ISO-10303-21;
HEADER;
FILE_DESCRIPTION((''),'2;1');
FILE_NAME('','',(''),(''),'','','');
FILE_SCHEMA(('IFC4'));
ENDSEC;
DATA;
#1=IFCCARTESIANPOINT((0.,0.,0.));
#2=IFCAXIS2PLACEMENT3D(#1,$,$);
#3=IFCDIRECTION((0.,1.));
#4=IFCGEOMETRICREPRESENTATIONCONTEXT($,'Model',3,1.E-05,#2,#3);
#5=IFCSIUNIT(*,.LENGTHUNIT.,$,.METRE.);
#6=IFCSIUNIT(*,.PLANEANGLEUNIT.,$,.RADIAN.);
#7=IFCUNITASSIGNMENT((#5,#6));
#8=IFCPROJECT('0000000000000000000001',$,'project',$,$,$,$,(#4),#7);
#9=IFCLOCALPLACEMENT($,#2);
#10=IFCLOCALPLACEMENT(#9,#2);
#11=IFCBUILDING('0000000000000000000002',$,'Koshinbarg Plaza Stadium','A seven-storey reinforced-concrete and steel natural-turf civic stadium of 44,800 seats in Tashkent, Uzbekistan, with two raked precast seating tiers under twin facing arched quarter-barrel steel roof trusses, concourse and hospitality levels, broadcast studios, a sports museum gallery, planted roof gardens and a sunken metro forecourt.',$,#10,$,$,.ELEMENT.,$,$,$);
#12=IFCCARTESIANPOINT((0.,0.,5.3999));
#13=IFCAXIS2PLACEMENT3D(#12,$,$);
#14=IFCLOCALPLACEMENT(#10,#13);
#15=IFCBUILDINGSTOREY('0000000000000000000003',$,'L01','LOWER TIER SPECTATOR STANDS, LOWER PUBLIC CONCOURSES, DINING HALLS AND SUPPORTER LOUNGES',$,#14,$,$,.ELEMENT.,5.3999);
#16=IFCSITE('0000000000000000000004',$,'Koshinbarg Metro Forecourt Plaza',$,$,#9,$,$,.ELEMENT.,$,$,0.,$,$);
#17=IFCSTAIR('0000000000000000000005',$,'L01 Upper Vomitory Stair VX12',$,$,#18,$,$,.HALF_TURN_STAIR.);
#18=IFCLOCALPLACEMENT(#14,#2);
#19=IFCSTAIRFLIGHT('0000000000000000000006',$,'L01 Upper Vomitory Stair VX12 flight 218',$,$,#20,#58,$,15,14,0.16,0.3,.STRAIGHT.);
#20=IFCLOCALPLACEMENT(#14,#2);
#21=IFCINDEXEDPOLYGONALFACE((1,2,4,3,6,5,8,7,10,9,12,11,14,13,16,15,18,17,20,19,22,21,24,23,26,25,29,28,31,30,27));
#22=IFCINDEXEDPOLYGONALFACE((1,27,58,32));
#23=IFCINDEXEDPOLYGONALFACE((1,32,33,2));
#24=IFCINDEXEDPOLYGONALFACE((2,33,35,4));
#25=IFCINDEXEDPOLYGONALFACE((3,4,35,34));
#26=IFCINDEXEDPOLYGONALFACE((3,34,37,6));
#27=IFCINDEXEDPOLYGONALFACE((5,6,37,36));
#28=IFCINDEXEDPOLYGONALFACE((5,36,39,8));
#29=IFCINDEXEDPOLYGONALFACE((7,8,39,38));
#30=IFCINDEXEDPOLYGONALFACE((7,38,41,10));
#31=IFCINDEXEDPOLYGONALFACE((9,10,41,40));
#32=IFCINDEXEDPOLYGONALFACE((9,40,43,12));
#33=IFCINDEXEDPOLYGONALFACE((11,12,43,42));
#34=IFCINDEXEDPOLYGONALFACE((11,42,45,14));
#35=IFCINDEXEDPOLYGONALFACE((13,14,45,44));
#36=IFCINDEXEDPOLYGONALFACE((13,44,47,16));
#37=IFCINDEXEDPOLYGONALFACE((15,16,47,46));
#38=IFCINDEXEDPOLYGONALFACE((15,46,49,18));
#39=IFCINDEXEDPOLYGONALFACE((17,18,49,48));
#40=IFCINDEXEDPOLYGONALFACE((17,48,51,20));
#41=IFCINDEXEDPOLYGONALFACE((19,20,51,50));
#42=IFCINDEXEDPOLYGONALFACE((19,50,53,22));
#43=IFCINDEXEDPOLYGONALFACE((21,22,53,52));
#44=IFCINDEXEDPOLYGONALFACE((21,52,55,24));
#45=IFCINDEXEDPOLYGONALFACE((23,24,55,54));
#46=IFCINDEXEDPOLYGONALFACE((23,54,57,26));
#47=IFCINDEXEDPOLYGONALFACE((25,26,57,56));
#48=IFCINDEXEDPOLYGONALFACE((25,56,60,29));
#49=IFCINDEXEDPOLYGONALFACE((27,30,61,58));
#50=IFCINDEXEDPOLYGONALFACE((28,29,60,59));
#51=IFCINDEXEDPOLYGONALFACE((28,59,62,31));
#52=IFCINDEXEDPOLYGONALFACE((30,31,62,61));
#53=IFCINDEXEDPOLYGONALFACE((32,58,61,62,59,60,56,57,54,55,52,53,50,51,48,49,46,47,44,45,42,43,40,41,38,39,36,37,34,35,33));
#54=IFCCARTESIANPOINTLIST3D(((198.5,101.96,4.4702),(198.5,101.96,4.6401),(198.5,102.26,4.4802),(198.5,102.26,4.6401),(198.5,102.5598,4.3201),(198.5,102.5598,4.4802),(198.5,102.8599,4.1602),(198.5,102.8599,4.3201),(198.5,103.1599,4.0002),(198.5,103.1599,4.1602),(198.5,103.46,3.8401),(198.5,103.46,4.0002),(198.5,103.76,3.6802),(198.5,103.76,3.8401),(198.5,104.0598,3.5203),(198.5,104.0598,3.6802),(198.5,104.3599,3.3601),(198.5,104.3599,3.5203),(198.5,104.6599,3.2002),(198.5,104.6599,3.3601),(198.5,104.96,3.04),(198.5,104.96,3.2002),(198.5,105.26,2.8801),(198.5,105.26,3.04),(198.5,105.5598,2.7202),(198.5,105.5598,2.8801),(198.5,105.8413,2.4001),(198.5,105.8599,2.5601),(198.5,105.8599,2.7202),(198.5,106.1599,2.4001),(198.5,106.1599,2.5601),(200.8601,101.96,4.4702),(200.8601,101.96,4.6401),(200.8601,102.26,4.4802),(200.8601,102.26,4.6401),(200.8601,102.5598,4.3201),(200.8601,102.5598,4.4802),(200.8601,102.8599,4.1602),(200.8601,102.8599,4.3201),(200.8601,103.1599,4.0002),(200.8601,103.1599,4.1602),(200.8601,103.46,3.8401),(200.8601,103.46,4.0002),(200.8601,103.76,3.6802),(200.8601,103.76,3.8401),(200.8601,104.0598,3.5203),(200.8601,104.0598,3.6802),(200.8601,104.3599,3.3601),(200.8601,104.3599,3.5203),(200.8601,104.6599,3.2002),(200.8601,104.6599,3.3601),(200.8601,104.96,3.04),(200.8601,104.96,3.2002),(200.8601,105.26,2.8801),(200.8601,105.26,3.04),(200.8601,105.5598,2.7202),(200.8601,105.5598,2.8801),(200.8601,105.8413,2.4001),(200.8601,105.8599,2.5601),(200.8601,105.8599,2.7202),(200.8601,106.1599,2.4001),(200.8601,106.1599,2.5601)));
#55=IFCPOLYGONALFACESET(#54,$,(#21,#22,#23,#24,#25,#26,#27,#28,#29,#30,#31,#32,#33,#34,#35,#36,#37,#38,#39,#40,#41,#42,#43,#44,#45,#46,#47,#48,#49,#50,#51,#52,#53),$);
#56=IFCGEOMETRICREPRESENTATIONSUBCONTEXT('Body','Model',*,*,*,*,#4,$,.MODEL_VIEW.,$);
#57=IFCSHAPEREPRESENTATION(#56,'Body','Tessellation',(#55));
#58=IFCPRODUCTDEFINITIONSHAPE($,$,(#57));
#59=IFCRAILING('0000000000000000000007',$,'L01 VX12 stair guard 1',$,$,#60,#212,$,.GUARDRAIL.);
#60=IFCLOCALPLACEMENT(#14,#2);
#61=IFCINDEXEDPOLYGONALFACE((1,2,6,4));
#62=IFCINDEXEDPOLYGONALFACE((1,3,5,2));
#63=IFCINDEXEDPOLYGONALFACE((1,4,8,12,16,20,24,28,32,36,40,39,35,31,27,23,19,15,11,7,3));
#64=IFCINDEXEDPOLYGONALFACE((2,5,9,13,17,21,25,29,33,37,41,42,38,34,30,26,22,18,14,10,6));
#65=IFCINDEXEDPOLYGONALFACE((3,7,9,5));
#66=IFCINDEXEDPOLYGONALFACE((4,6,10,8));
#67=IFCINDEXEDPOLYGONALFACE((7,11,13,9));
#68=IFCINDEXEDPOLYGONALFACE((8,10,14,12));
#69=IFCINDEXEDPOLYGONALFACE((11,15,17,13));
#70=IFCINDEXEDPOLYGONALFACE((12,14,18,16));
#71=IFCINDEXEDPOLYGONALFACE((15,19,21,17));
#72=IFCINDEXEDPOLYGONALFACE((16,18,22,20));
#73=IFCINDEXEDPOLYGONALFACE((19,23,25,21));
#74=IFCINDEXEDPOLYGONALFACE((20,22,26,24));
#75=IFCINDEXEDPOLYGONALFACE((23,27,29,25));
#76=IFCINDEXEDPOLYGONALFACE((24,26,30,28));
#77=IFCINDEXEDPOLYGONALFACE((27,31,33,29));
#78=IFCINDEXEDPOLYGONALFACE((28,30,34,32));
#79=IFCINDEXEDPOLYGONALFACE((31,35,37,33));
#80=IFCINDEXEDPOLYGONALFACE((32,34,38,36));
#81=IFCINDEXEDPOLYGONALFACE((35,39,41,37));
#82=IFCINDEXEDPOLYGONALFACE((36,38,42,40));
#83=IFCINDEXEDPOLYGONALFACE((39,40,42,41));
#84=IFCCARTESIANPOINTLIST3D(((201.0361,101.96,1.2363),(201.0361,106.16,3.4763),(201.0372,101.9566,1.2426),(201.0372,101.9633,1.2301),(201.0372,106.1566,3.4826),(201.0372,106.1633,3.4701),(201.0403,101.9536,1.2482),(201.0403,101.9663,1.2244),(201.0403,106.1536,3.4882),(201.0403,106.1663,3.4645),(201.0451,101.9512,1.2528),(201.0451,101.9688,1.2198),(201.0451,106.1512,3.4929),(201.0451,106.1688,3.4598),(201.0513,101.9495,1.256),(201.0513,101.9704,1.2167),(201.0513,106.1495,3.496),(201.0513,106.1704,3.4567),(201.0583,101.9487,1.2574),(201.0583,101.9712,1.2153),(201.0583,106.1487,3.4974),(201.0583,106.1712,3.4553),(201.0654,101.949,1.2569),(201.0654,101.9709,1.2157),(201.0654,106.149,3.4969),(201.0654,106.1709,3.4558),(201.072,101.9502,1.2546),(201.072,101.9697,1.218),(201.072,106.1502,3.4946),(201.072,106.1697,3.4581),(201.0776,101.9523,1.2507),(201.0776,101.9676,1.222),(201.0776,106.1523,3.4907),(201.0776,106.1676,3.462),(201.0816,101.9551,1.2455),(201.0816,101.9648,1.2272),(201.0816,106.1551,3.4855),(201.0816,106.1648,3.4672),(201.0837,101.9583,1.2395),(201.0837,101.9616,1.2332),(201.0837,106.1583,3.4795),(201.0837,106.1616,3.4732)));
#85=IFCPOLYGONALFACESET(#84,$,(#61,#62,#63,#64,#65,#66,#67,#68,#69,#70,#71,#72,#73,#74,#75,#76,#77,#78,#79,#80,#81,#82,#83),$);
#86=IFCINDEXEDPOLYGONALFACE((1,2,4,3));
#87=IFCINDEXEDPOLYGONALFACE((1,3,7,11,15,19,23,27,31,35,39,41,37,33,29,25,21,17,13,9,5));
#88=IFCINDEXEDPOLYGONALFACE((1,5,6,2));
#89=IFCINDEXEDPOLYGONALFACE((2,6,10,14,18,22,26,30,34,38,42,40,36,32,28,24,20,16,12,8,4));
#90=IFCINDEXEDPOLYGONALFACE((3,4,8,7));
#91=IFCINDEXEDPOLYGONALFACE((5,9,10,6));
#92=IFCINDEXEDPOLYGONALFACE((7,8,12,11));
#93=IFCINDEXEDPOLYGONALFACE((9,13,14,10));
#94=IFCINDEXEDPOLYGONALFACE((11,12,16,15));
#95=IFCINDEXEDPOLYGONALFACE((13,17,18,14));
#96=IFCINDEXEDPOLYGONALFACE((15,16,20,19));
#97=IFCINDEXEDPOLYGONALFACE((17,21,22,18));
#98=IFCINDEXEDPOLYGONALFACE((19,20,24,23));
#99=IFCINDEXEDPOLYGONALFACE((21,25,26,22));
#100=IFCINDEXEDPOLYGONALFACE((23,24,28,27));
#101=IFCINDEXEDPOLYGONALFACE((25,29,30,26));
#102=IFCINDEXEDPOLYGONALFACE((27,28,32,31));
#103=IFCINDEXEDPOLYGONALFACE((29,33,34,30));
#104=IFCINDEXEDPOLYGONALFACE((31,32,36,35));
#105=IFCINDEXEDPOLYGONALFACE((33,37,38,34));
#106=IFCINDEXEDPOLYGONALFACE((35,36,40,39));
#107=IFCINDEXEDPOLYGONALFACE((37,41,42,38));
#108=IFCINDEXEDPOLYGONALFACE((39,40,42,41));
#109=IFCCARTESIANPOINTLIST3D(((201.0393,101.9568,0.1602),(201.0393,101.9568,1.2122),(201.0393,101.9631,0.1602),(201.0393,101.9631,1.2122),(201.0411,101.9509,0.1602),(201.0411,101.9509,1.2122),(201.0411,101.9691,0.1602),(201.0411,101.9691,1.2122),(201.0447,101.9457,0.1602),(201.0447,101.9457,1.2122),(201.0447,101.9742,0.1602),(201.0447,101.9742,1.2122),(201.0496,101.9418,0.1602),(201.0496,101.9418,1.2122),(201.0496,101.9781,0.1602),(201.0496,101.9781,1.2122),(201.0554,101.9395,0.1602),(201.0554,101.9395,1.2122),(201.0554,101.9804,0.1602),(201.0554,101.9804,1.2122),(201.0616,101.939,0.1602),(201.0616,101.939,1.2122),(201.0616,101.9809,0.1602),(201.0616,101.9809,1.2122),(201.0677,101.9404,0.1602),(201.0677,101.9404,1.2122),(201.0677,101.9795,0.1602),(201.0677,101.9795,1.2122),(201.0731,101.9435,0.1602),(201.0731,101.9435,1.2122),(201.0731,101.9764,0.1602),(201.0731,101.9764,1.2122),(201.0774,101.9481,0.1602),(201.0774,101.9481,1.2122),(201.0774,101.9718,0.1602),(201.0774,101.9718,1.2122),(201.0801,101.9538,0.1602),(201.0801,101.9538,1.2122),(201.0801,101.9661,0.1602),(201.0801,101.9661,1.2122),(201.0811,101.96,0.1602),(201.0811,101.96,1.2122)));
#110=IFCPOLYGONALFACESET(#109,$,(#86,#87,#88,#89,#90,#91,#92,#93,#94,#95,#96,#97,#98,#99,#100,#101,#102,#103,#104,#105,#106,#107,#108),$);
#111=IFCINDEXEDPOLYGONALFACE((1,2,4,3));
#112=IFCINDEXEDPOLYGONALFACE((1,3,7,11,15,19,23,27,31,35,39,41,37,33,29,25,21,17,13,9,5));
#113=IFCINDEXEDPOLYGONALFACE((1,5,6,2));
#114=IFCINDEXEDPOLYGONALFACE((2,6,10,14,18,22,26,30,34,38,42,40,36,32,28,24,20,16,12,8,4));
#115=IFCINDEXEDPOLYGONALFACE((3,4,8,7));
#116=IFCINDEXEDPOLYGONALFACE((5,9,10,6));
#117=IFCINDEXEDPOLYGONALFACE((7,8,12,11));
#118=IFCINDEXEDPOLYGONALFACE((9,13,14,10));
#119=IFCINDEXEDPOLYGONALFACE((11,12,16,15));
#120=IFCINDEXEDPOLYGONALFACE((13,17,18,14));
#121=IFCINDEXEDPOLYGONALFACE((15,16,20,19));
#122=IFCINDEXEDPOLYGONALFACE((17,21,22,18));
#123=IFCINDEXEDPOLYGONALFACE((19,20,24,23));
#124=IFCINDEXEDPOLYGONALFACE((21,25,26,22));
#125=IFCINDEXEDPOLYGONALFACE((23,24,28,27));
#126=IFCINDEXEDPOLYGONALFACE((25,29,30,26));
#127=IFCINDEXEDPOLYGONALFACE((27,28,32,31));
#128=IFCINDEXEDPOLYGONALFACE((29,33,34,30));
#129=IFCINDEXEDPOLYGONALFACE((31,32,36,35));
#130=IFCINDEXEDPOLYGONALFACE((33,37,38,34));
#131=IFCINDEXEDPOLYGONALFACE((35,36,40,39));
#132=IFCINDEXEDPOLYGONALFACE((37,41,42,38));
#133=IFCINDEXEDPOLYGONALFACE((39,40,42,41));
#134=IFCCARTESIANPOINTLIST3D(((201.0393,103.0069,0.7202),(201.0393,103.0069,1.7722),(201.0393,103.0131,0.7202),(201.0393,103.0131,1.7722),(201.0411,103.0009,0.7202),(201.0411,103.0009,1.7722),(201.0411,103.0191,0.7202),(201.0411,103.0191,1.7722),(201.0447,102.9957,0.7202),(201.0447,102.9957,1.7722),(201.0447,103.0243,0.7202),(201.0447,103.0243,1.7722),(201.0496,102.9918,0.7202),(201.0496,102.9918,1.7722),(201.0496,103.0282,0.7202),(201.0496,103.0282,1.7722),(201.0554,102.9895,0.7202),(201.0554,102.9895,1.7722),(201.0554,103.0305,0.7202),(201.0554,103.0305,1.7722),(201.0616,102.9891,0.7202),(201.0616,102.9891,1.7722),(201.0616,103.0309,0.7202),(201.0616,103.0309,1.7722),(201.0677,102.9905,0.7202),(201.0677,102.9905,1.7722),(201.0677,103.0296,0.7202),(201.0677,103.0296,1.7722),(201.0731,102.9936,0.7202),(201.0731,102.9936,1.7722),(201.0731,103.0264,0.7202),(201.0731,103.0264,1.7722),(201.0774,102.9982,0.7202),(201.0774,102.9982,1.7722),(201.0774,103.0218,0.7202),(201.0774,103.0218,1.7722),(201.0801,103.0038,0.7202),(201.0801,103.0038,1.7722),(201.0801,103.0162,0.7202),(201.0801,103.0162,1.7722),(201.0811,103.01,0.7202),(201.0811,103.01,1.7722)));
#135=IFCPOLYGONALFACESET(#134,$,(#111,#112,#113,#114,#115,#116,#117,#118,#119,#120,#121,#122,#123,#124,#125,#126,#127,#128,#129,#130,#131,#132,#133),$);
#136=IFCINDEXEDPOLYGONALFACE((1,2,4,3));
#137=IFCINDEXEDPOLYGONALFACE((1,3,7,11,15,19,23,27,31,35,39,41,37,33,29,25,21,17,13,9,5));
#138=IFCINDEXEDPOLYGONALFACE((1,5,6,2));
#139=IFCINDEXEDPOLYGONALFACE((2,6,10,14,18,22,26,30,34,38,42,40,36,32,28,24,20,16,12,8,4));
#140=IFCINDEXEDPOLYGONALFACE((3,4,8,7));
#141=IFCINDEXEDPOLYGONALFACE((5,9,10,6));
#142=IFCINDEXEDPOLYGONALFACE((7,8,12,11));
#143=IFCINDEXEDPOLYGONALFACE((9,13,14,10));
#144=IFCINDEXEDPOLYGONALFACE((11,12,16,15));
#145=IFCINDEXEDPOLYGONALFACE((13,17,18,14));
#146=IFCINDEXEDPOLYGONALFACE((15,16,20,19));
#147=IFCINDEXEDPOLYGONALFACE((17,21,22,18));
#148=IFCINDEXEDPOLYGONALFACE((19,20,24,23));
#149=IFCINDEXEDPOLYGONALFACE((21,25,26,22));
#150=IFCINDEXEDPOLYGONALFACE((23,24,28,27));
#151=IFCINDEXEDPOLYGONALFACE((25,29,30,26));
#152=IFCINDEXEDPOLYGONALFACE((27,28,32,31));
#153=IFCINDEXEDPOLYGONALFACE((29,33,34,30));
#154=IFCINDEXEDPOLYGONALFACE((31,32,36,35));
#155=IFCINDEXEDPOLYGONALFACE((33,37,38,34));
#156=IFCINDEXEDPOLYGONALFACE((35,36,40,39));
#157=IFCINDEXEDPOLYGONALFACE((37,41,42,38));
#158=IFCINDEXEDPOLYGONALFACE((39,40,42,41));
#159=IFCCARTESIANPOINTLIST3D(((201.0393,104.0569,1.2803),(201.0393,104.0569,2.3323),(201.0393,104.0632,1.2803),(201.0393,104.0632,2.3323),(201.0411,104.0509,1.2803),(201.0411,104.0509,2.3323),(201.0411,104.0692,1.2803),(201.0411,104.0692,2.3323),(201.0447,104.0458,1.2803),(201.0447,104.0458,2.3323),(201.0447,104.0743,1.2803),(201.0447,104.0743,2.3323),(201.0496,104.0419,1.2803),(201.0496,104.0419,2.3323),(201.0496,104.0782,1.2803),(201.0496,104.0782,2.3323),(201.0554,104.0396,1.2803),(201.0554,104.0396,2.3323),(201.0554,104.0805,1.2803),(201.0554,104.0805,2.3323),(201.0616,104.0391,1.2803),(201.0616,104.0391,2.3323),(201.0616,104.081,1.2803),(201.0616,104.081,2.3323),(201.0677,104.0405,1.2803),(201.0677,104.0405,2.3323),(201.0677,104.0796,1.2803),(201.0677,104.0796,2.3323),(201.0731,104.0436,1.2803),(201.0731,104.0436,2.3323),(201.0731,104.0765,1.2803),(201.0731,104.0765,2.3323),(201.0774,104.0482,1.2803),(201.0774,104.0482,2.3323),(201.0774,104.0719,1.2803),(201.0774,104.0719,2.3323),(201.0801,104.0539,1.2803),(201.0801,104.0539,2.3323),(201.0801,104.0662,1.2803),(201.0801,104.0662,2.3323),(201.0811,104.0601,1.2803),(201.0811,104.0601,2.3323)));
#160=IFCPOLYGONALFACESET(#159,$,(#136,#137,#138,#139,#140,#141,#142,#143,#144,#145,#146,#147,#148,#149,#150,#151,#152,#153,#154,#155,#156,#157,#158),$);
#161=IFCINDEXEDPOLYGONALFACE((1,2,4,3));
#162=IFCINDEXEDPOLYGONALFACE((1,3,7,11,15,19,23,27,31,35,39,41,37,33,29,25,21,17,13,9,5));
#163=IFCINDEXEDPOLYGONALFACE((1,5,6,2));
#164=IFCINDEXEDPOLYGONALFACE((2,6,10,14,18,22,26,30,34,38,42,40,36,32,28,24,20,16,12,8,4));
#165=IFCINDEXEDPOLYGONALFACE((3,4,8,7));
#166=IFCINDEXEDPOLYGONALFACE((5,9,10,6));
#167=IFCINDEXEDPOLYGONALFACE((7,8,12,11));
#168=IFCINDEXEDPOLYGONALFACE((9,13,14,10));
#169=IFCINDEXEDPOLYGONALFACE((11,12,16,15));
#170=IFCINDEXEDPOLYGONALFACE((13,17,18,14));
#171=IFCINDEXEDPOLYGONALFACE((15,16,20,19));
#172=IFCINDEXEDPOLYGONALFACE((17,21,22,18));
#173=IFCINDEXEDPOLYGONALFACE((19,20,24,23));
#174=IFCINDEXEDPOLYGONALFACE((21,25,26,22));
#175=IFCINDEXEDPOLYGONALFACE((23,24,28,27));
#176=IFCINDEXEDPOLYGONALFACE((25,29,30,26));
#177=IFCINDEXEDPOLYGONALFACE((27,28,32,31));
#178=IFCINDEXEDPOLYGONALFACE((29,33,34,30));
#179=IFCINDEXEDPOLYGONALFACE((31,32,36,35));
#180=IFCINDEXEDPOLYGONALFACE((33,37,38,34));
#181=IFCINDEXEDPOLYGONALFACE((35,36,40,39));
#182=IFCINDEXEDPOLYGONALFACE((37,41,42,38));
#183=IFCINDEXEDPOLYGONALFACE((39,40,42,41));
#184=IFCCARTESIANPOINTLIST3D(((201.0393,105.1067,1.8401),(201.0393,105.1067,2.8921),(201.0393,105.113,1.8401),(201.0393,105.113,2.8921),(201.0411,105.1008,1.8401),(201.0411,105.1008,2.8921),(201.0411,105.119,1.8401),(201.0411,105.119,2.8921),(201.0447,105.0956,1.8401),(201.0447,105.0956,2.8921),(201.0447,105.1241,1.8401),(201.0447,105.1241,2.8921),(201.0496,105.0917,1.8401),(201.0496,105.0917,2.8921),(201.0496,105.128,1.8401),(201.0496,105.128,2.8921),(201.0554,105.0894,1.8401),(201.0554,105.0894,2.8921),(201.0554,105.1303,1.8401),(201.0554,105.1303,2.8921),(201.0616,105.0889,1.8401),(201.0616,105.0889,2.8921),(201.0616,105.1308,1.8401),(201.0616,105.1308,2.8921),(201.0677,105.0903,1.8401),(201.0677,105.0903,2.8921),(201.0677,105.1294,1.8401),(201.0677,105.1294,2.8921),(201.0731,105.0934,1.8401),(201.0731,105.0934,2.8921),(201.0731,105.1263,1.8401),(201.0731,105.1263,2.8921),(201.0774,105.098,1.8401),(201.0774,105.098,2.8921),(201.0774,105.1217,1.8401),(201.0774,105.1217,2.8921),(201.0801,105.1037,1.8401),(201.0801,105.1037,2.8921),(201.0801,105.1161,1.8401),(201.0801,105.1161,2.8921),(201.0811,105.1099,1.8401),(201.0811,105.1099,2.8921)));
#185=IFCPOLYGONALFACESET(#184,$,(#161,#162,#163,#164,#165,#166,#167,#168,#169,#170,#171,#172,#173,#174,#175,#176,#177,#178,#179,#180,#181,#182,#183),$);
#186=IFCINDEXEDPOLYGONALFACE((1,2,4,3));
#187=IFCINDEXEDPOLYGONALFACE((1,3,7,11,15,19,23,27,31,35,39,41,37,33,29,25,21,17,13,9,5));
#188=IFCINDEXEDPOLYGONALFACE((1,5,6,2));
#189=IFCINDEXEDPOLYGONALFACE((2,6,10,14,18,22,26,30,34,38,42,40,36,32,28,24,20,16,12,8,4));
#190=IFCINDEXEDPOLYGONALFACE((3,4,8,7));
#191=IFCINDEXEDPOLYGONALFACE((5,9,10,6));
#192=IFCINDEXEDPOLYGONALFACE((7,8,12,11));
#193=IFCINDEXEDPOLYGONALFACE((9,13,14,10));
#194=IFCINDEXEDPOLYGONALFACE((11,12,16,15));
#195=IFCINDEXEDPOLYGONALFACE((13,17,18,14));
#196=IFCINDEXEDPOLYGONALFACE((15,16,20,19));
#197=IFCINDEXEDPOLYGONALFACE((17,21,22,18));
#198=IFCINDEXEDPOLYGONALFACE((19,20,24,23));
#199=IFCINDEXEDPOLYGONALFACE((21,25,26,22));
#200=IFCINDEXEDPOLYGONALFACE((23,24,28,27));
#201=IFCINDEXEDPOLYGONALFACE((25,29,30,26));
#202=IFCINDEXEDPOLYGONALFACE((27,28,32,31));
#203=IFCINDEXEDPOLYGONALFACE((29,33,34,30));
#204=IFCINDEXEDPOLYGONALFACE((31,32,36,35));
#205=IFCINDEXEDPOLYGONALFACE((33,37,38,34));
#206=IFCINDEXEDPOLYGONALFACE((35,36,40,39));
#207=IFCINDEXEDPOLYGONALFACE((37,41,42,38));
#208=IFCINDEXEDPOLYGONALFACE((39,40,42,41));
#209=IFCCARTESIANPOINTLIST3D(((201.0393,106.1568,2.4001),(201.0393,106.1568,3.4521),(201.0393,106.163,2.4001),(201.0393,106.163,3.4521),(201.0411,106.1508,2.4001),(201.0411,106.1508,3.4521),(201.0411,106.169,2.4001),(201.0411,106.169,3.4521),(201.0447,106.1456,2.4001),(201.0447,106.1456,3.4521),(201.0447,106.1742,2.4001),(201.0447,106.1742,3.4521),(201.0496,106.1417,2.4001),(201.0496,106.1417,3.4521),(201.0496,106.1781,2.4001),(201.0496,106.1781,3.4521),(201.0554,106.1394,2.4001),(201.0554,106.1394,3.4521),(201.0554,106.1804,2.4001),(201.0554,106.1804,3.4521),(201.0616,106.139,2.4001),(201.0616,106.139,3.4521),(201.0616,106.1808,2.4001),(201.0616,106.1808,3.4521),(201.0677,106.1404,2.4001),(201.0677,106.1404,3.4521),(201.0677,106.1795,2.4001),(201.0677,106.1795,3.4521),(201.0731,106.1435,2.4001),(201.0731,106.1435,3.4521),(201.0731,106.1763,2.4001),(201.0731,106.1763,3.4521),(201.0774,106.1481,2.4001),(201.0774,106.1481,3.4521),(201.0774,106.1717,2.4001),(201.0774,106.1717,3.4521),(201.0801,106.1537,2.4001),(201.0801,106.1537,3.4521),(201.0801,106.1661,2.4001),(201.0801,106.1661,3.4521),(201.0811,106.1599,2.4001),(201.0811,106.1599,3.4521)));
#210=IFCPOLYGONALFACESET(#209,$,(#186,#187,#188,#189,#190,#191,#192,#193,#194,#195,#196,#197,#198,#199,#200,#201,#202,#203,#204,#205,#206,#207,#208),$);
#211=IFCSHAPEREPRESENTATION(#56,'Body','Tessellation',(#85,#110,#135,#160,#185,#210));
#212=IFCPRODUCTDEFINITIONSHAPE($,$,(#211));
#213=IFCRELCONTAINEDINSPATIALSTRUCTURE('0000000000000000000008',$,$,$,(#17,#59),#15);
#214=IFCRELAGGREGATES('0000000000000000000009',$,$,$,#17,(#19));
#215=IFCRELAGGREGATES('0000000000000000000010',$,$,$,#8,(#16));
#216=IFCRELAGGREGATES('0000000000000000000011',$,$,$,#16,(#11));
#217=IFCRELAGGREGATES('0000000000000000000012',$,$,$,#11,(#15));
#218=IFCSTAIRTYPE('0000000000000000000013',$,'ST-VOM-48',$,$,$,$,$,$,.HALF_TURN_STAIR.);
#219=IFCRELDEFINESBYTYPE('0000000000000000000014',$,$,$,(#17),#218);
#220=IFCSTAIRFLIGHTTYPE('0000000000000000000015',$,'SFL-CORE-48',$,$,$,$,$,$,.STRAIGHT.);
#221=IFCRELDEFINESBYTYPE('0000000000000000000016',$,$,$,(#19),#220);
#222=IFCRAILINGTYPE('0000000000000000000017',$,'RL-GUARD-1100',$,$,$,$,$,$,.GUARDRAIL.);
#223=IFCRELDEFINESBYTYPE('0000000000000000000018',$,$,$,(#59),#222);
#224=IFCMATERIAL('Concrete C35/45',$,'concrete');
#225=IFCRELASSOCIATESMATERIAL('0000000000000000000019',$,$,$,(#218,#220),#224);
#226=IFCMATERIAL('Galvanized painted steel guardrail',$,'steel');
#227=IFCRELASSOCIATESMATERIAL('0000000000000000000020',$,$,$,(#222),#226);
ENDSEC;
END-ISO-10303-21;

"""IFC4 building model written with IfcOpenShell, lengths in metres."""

from ifc_helpers import new_model, si_unit, direction, frame, origin, origin_2d, place, context, subcontext, project, spatial, polyline, circle, outline, extrude, material, type_object, element, aggregate, save


model = new_model("IFC4")

# Units and contexts
model_context = context("Model", 3, precision=1e-05, world=origin(), true_north=direction((0.0, 1.0)))
body_context = subcontext(model_context, "Body", "Model", "MODEL_VIEW")
ifc_project = project(units=[si_unit("LENGTHUNIT", "METRE"), si_unit("PLANEANGLEUNIT", "RADIAN")], contexts=[model_context])

# Site, building, storey
site_placement = place(None, origin())
site = spatial("IfcSite", under=ifc_project, at=site_placement, Name="Koshinbarg Metro Forecourt Plaza", CompositionType="ELEMENT", RefElevation=0.0)
building_placement = place(site_placement, origin())
building = spatial("IfcBuilding", under=site, at=building_placement, Name="Koshinbarg Plaza Stadium", Description="A seven-storey reinforced-concrete and steel natural-turf civic stadium of 44,800 seats in Tashkent, Uzbekistan, with two raked precast seating tiers under twin facing arched quarter-barrel steel roof trusses, concourse and hospitality levels, broadcast studios, a sports museum gallery, planted roof gardens and a sunken metro forecourt.", CompositionType="ELEMENT")
storey_placement = place(building_placement, frame((0.0, 0.0, 5.3999)))
storey = spatial("IfcBuildingStorey", under=building, at=storey_placement, Name="L01", Description="LOWER TIER SPECTATOR STANDS, LOWER PUBLIC CONCOURSES, DINING HALLS AND SUPPORTER LOUNGES", CompositionType="ELEMENT", Elevation=5.3999)

# Stair, stair flight
ifc_material_1 = material(Name="Concrete C35/45", Category="concrete")
stair_type = type_object("IfcStairType", Name="ST-VOM-48", PredefinedType="HALF_TURN_STAIR", material=ifc_material_1)
stair_placement = place(storey_placement, origin())
stair = element("IfcStair", 1, at=stair_placement, inside=storey, type_object=stair_type, Name="L01 Upper Vomitory Stair VX12", PredefinedType="HALF_TURN_STAIR")
stair_flight_type = type_object("IfcStairFlightType", Name="SFL-CORE-48", PredefinedType="STRAIGHT", material=ifc_material_1)
stair_flight_1_placement = place(storey_placement, frame((199.6799, 106.1599, 2.4001), z_axis=(0.0, 0.0, 1.0), x_axis=(0.0, -1.0, 0.0)))
stair_flight_1 = element("IfcStairFlight", 2, at=stair_flight_1_placement, type_object=stair_flight_type, Name="L01 Upper Vomitory Stair VX12 flight 218", NumberOfRisers=15, NumberOfTreads=14, PredefinedType="STRAIGHT", RiserHeight=0.16, TreadLength=0.3, context=body_context, shape_type="SweptSolid", body=[
    extrude(outline(polyline([(0.0, 0.0), (0.0, 0.1599), (0.3, 0.1599), (0.3, 0.3201), (0.6001, 0.3201), (0.6001, 0.48), (0.8999, 0.48), (0.8999, 0.6399), (1.2, 0.6399), (1.2, 0.8), (1.5, 0.8), (1.5, 0.96), (1.8, 0.96), (1.8, 1.1201), (2.1001, 1.1201), (2.1001, 1.28), (2.3999, 1.28), (2.3999, 1.4399), (2.7, 1.4399), (2.7, 1.6001), (3.0, 1.6001), (3.0, 1.76), (3.3, 1.76), (3.3, 1.9199), (3.6001, 1.9199), (3.6001, 2.0801), (3.8999, 2.0801), (3.8999, 2.24), (4.2, 2.24), (4.2, 2.3999), (4.2, 2.0701), (0.3186, 0.0), (0.0, 0.0)])), frame((0.0, 1.1802, 0.0), z_axis=(0.0, -1.0, 0.0), x_axis=(1.0, 0.0, 0.0)), (0.0, 0.0, 1.0), 2.3601),
])
aggregate(stair, [stair_flight_1])

# Railing
ifc_material_2 = material(Name="Galvanized painted steel guardrail", Category="steel")
railing_type_1 = type_object("IfcRailingType", Name="RL-GUARD-1100", PredefinedType="GUARDRAIL", material=ifc_material_2)
railing_1_placement = place(storey_placement, frame((201.0601, 101.96, 0.1602)))
element("IfcRailing", 3, at=railing_1_placement, inside=storey, type_object=railing_type_1, Name="L01 VX12 stair guard 1", PredefinedType="GUARDRAIL", context=body_context, shape_type="SweptSolid", body=[
    extrude(circle(Radius=0.0239, at=origin_2d()), frame((0.0, 0.0, 1.0762), z_axis=(0.0, 0.882352, 0.470591), x_axis=(-1.0, 0.0, 0.0)), (0.0, 0.0, 1.0), 4.76),
    extrude(circle(Radius=0.021, at=origin_2d()), origin(), (0.0, 0.0, 1.0), 1.052),
    extrude(circle(Radius=0.021, at=origin_2d()), frame((0.0, 1.05, 0.5601)), (0.0, 0.0, 1.0), 1.052),
    extrude(circle(Radius=0.021, at=origin_2d()), frame((0.0, 2.1001, 1.1201)), (0.0, 0.0, 1.0), 1.052),
    extrude(circle(Radius=0.021, at=origin_2d()), frame((0.0, 3.1499, 1.6799)), (0.0, 0.0, 1.0), 1.052),
    extrude(circle(Radius=0.021, at=origin_2d()), frame((0.0, 4.2, 2.24)), (0.0, 0.0, 1.0), 1.052),
])

save(model, "model.ifc")
